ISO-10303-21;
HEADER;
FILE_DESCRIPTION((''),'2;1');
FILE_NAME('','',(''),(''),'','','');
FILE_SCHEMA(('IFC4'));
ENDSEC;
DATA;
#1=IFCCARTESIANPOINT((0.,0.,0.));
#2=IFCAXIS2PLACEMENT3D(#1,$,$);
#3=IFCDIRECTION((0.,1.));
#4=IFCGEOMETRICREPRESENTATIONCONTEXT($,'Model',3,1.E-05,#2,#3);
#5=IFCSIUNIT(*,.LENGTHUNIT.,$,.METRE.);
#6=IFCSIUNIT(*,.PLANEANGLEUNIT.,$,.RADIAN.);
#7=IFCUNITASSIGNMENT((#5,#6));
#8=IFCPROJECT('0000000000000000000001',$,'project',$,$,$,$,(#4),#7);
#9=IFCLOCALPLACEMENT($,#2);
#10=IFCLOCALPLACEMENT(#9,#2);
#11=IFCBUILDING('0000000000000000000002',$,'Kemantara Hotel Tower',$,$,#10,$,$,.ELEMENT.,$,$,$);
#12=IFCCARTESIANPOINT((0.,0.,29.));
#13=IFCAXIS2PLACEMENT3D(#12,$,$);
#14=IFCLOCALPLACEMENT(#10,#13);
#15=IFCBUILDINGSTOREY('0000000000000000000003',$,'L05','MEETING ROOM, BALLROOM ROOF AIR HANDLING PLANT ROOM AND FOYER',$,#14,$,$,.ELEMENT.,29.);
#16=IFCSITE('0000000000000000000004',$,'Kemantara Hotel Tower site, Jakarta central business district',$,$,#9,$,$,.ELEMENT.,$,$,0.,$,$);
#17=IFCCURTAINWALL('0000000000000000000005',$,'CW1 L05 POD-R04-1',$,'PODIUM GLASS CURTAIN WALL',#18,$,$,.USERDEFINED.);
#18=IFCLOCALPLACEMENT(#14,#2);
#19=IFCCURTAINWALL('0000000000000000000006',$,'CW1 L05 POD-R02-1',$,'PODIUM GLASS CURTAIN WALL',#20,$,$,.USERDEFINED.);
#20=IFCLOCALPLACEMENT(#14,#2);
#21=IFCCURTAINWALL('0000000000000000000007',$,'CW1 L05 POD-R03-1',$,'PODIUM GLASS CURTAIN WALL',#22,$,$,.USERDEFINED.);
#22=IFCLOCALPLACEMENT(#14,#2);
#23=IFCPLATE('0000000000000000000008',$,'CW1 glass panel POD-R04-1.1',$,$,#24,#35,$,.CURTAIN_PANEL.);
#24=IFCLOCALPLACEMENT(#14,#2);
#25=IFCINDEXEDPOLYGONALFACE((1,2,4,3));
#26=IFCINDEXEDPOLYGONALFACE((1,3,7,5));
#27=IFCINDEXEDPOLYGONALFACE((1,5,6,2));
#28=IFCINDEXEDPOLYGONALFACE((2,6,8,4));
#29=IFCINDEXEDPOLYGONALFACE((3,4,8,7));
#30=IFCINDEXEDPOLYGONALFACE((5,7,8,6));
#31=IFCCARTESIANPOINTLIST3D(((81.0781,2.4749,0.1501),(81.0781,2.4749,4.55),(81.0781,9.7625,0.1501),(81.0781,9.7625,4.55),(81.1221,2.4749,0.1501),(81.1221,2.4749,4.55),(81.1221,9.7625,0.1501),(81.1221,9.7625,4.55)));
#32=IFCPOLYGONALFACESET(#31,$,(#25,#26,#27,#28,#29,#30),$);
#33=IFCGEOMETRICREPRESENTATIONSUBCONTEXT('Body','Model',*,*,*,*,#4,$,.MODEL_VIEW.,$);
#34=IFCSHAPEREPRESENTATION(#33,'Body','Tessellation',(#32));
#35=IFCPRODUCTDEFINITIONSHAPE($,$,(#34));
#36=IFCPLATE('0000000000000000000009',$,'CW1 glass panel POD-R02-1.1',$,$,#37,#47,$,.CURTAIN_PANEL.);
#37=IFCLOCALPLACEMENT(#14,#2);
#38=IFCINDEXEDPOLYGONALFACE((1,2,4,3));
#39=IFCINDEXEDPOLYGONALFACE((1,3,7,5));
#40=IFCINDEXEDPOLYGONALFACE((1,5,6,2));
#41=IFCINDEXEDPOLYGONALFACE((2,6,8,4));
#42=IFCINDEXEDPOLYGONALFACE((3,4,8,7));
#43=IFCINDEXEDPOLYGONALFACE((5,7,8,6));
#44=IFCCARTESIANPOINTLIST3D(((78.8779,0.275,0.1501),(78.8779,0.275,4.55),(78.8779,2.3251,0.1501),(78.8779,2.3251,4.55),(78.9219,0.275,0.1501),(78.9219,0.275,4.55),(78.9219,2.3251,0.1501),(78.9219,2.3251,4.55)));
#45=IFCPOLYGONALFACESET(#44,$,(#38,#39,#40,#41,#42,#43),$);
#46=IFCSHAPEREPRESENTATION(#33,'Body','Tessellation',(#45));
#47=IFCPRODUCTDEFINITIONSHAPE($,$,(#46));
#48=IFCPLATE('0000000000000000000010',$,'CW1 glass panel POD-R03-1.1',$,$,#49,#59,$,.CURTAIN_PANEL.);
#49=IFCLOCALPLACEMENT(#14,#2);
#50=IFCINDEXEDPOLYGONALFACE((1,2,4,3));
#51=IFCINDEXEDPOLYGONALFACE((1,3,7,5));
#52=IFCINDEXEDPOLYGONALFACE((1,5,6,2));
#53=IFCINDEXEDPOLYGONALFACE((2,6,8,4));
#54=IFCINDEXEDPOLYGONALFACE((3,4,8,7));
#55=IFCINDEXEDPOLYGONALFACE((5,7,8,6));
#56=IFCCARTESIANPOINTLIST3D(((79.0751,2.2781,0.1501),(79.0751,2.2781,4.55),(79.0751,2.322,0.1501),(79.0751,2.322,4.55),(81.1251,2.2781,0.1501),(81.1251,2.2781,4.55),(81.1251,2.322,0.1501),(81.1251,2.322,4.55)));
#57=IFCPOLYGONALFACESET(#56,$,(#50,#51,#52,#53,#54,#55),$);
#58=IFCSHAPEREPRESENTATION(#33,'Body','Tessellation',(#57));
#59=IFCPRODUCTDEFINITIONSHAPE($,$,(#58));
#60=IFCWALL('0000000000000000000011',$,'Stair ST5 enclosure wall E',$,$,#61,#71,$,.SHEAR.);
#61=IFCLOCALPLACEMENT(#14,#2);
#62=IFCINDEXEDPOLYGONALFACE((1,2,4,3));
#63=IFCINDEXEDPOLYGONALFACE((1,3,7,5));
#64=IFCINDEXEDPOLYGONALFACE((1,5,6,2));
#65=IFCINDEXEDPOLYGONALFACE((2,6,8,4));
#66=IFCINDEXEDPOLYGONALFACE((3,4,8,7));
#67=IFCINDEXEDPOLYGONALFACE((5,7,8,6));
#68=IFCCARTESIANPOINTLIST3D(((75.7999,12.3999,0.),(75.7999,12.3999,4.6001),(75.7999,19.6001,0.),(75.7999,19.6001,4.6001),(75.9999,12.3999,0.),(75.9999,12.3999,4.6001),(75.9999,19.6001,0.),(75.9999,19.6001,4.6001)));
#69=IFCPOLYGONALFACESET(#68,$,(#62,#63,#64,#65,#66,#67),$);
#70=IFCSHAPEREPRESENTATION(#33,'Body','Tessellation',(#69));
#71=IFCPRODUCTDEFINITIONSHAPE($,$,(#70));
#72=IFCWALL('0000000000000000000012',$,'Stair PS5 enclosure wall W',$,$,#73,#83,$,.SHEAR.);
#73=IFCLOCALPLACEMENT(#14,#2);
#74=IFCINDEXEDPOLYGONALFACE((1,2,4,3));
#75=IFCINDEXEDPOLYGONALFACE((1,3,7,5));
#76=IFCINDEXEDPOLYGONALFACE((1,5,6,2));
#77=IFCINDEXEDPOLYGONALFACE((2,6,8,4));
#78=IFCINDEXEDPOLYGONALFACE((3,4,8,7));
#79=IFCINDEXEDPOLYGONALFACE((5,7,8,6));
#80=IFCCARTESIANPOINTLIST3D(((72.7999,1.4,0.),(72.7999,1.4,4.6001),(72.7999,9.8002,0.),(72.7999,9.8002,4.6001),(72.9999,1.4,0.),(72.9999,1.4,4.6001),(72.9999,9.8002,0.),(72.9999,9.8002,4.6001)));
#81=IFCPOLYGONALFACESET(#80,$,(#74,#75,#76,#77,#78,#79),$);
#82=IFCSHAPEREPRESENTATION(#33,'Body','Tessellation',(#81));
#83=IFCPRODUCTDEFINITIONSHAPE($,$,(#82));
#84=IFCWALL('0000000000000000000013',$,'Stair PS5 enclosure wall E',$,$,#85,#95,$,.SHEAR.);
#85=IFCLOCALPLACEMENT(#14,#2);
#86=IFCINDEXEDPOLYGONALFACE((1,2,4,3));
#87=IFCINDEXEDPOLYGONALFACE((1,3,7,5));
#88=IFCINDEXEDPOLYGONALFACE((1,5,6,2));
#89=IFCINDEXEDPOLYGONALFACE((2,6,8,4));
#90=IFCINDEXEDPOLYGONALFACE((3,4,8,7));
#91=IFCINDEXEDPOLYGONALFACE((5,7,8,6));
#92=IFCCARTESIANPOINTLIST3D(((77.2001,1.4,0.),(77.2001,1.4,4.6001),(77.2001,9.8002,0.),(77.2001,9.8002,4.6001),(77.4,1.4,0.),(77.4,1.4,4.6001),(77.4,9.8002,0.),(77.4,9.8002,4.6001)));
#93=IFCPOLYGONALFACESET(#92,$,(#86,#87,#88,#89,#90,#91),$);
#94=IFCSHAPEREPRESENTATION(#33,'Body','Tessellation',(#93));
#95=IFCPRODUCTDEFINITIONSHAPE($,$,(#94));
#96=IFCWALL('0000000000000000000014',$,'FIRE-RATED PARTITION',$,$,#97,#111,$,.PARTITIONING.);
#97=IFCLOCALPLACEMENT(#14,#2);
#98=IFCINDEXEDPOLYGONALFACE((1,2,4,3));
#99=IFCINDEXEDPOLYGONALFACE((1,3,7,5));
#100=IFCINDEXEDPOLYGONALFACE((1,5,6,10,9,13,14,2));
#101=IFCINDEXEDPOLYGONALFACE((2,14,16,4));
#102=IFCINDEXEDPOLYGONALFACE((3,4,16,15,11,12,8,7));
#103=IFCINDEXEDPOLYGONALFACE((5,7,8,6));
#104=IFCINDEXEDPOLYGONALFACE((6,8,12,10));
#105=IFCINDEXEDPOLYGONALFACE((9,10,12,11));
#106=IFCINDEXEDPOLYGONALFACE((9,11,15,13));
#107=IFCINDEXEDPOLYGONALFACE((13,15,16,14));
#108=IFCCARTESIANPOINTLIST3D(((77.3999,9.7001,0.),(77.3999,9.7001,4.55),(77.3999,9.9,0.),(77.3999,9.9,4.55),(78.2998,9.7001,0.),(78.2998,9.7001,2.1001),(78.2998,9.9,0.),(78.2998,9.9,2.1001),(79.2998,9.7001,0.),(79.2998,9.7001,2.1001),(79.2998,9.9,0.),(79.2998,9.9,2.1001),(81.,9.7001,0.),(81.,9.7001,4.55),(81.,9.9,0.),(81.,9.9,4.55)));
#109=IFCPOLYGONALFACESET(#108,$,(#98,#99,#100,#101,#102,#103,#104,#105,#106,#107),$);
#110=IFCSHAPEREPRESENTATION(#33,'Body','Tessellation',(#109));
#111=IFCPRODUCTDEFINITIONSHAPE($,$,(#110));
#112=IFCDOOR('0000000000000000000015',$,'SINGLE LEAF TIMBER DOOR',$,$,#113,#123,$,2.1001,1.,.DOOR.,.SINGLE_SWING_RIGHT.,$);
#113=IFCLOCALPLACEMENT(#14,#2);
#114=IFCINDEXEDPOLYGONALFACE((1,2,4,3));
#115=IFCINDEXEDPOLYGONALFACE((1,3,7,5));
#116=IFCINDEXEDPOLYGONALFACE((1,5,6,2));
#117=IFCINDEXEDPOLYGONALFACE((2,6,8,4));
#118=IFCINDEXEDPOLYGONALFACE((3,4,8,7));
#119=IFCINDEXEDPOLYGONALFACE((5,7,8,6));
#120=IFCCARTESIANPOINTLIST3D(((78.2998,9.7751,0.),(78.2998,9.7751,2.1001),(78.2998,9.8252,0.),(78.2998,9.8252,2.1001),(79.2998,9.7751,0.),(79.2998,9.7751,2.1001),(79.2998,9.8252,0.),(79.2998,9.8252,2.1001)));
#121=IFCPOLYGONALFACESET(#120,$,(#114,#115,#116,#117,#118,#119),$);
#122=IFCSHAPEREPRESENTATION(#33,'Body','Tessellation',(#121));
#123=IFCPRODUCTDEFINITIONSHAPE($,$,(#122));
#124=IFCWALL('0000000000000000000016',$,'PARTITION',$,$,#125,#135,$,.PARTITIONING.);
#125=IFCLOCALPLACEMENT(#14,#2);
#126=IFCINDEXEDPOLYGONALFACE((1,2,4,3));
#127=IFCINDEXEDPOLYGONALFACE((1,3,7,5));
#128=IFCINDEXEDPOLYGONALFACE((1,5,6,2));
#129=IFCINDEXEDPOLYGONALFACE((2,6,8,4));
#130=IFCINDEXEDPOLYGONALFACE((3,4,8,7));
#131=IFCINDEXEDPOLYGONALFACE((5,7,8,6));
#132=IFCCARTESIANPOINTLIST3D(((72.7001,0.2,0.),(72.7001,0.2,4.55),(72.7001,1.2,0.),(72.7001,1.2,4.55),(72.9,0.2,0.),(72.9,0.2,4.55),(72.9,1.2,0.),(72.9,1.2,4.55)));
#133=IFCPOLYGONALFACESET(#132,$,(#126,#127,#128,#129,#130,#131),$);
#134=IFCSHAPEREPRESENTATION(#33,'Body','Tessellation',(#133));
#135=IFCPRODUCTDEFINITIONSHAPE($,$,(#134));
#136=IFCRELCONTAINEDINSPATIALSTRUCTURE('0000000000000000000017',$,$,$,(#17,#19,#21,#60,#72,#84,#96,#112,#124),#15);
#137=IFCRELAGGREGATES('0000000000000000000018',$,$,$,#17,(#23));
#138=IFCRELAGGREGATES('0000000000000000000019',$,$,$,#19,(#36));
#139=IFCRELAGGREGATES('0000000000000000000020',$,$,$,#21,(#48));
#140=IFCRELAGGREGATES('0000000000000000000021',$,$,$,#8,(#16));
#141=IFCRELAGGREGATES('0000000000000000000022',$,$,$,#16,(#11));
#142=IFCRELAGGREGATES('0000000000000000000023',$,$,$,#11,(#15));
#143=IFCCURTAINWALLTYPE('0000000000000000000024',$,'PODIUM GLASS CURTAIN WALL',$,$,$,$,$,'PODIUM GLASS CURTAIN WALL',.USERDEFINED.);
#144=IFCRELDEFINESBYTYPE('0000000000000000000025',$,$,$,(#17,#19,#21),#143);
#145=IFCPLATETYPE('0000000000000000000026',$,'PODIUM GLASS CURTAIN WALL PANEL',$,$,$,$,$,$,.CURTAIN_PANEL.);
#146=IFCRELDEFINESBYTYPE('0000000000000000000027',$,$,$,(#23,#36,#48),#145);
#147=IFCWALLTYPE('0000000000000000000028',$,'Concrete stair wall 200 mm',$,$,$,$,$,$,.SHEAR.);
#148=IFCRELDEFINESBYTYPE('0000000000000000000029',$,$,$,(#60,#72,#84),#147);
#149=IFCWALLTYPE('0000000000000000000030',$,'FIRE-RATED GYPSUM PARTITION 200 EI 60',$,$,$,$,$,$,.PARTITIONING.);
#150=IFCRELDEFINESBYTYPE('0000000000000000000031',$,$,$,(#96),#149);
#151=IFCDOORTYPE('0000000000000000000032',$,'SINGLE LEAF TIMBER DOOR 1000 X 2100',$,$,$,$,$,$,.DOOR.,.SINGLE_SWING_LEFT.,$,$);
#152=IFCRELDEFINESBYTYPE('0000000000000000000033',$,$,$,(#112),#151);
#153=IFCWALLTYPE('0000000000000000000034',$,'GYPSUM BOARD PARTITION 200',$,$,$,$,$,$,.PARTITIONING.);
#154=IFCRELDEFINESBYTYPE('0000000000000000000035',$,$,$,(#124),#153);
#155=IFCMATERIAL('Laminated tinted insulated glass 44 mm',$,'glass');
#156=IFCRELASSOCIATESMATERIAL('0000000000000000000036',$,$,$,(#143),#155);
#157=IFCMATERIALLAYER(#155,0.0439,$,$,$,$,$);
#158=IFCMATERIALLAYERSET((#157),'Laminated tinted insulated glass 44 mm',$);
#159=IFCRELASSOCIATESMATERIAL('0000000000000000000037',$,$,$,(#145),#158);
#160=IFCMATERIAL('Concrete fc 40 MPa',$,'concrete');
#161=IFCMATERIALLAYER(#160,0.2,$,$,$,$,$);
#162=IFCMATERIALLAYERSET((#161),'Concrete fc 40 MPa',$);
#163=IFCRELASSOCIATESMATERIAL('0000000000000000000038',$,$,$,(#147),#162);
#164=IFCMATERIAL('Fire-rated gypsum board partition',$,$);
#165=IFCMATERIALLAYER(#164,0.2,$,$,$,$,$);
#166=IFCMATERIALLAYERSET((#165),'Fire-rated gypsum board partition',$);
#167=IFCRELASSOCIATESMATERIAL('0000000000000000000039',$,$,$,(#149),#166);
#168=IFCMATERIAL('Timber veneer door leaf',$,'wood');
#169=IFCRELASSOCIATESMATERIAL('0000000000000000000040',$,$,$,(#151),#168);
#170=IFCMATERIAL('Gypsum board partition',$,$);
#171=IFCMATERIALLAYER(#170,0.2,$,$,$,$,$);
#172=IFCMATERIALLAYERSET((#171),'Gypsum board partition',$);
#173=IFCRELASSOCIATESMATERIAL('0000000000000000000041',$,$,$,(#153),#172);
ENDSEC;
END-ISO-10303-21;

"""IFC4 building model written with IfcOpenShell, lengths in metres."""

from ifc_helpers import new_model, si_unit, direction, frame, frame_2d, origin, origin_2d, place, context, subcontext, project, spatial, rectangle, extrude, source, transform, mapped, material, layer, layer_set, type_object, element, fill, aggregate, save


model = new_model("IFC4")

# Units and contexts
model_context = context("Model", 3, precision=1e-05, world=origin(), true_north=direction((0.0, 1.0)))
body_context = subcontext(model_context, "Body", "Model", "MODEL_VIEW")
ifc_project = project(units=[si_unit("LENGTHUNIT", "METRE"), si_unit("PLANEANGLEUNIT", "RADIAN")], contexts=[model_context])

# Site, building, storey
site_placement = place(None, origin())
site = spatial("IfcSite", under=ifc_project, at=site_placement, Name="Kemantara Hotel Tower site, Jakarta central business district", CompositionType="ELEMENT", RefElevation=0.0)
building_placement = place(site_placement, origin())
building = spatial("IfcBuilding", under=site, at=building_placement, Name="Kemantara Hotel Tower", CompositionType="ELEMENT")
storey_placement = place(building_placement, frame((0.0, 0.0, 29.0)))
storey = spatial("IfcBuildingStorey", under=building, at=storey_placement, Name="L05", Description="MEETING ROOM, BALLROOM ROOF AIR HANDLING PLANT ROOM AND FOYER", CompositionType="ELEMENT", Elevation=29.0)

# Curtain walls
ifc_material_1 = material(Name="Laminated tinted insulated glass 44 mm", Category="glass")
curtain_wall_type = type_object("IfcCurtainWallType", Name="PODIUM GLASS CURTAIN WALL", ElementType="PODIUM GLASS CURTAIN WALL", PredefinedType="USERDEFINED", material=ifc_material_1)
curtain_wall_1_placement = place(storey_placement, origin())
curtain_wall_1 = element("IfcCurtainWall", 1, at=curtain_wall_1_placement, inside=storey, type_object=curtain_wall_type, Name="CW1 L05 POD-R04-1", ObjectType="PODIUM GLASS CURTAIN WALL", PredefinedType="USERDEFINED")
curtain_wall_2_placement = place(storey_placement, origin())
curtain_wall_2 = element("IfcCurtainWall", 2, at=curtain_wall_2_placement, inside=storey, type_object=curtain_wall_type, Name="CW1 L05 POD-R02-1", ObjectType="PODIUM GLASS CURTAIN WALL", PredefinedType="USERDEFINED")
curtain_wall_3_placement = place(storey_placement, origin())
curtain_wall_3 = element("IfcCurtainWall", 3, at=curtain_wall_3_placement, inside=storey, type_object=curtain_wall_type, Name="CW1 L05 POD-R03-1", ObjectType="PODIUM GLASS CURTAIN WALL", PredefinedType="USERDEFINED")

# Plates
ifc_layer_1 = layer(ifc_material_1, 0.0439)
ifc_layer_set_1 = layer_set([ifc_layer_1], Name="Laminated tinted insulated glass 44 mm")
plate_type = type_object("IfcPlateType", Name="PODIUM GLASS CURTAIN WALL PANEL", PredefinedType="CURTAIN_PANEL", material=ifc_layer_set_1)
shared_shape_1 = source(origin(), body_context, "Body", "SweptSolid", [
    extrude(rectangle(XDim=7.2876, YDim=0.0439, at=origin_2d()), origin(), (0.0, 0.0, 1.0), 4.3999),
])
plate_1_placement = place(storey_placement, frame((81.1001, 6.1187, 0.1501), z_axis=(0.0, 0.0, 1.0), x_axis=(0.0, 1.0, 0.0)))
plate_1 = element("IfcPlate", 4, at=plate_1_placement, type_object=plate_type, Name="CW1 glass panel POD-R04-1.1", PredefinedType="CURTAIN_PANEL", context=body_context, shape_type="MappedRepresentation", body=[
    mapped(shared_shape_1, transform((0.0, 0.0, 0.0))),
])
aggregate(curtain_wall_1, [plate_1])
shared_shape_2 = source(origin(), body_context, "Body", "SweptSolid", [
    extrude(rectangle(XDim=2.05, YDim=0.0439, at=origin_2d()), origin(), (0.0, 0.0, 1.0), 4.3999),
])
plate_2_placement = place(storey_placement, frame((78.8999, 1.3, 0.1501), z_axis=(0.0, 0.0, 1.0), x_axis=(0.0, 1.0, 0.0)))
plate_2 = element("IfcPlate", 5, at=plate_2_placement, type_object=plate_type, Name="CW1 glass panel POD-R02-1.1", PredefinedType="CURTAIN_PANEL", context=body_context, shape_type="MappedRepresentation", body=[
    mapped(shared_shape_2, transform((0.0, 0.0, 0.0))),
])
aggregate(curtain_wall_2, [plate_2])
plate_3_placement = place(storey_placement, frame((80.1001, 2.3, 0.1501), z_axis=(0.0, 0.0, 1.0), x_axis=(1.0, 0.0, 0.0)))
plate_3 = element("IfcPlate", 6, at=plate_3_placement, type_object=plate_type, Name="CW1 glass panel POD-R03-1.1", PredefinedType="CURTAIN_PANEL", context=body_context, shape_type="MappedRepresentation", body=[
    mapped(shared_shape_2, transform((0.0, 0.0, 0.0))),
])
aggregate(curtain_wall_3, [plate_3])

# Walls
ifc_material_2 = material(Name="Concrete fc 40 MPa", Category="concrete")
ifc_layer_2 = layer(ifc_material_2, 0.2)
ifc_layer_set_2 = layer_set([ifc_layer_2], Name="Concrete fc 40 MPa")
wall_type_1 = type_object("IfcWallType", Name="Concrete stair wall 200 mm", PredefinedType="SHEAR", material=ifc_layer_set_2)
wall_1_placement = place(storey_placement, frame((75.8999, 12.3999, 0.0), z_axis=(0.0, 0.0, 1.0), x_axis=(0.0, 1.0, 0.0)))
element("IfcWall", 7, at=wall_1_placement, inside=storey, type_object=wall_type_1, Name="Stair ST5 enclosure wall E", PredefinedType="SHEAR", context=body_context, shape_type="SweptSolid", body=[
    extrude(rectangle(XDim=7.2002, YDim=0.2, at=frame_2d((3.6001, 0.0))), origin(), (0.0, 0.0, 1.0), 4.6001),
])
for number, where, z_axis, x_axis, name in (
    (8, (72.8999, 1.3999, 0.0), (0.0, 0.0, 1.0), (0.0, 1.0, 0.0), "Stair PS5 enclosure wall W"),
    (9, (77.3, 1.3999, 0.0), (0.0, 0.0, 1.0), (0.0, 1.0, 0.0), "Stair PS5 enclosure wall E"),
):
    element("IfcWall", number, at=place(storey_placement, frame(where, z_axis=z_axis, x_axis=x_axis)), inside=storey, type_object=wall_type_1, Name=name, PredefinedType="SHEAR", context=body_context, shape_type="SweptSolid", body=[
        extrude(rectangle(XDim=8.4001, YDim=0.2, at=frame_2d((4.2002, 0.0))), origin(), (0.0, 0.0, 1.0), 4.6001),
    ])

# Wall, opening, door
ifc_material_3 = material(Name="Fire-rated gypsum board partition")
ifc_layer_3 = layer(ifc_material_3, 0.2)
ifc_layer_set_3 = layer_set([ifc_layer_3], Name="Fire-rated gypsum board partition")
wall_type_2 = type_object("IfcWallType", Name="FIRE-RATED GYPSUM PARTITION 200 EI 60", PredefinedType="PARTITIONING", material=ifc_layer_set_3)
wall_2_placement = place(storey_placement, frame((77.3999, 9.8, 0.0), z_axis=(0.0, 0.0, 1.0), x_axis=(1.0, 0.0, 0.0)))
wall_2 = element("IfcWall", 10, at=wall_2_placement, inside=storey, type_object=wall_type_2, Name="FIRE-RATED PARTITION", PredefinedType="PARTITIONING", context=body_context, shape_type="SweptSolid", body=[
    extrude(rectangle(XDim=3.6001, YDim=0.2, at=frame_2d((1.8, 0.0))), origin(), (0.0, 0.0, 1.0), 4.55),
])
opening_1_placement = place(wall_2_placement, frame((0.8999, 0.0, 0.0)))
opening_1 = element("IfcOpeningElement", 11, at=opening_1_placement, cuts=wall_2, PredefinedType="OPENING", context=body_context, shape_type="SweptSolid", body=[
    extrude(rectangle(XDim=1.0, YDim=2.1001, at=frame_2d((0.5, 1.05))), frame((0.0, 0.1099, 0.0), z_axis=(0.0, -1.0, 0.0), x_axis=(1.0, 0.0, 0.0)), (0.0, 0.0, 1.0), 0.22),
])
ifc_material_4 = material(Name="Timber veneer door leaf", Category="wood")
door_type_1 = type_object("IfcDoorType", Name="SINGLE LEAF TIMBER DOOR 1000 X 2100", OperationType="SINGLE_SWING_LEFT", PredefinedType="DOOR", material=ifc_material_4)
door_1_placement = place(opening_1_placement, frame((1.0, 0.0, 0.0), z_axis=(0.0, 0.0, 1.0), x_axis=(-1.0, 0.0, 0.0)))
door_1 = element("IfcDoor", 12, at=door_1_placement, inside=storey, type_object=door_type_1, Name="SINGLE LEAF TIMBER DOOR", OperationType="SINGLE_SWING_RIGHT", OverallHeight=2.1001, OverallWidth=1.0, PredefinedType="DOOR", context=body_context, shape_type="SweptSolid", body=[
    extrude(rectangle(XDim=1.0, YDim=2.1001, at=frame_2d((0.5, 1.05))), frame((0.0, 0.0249, 0.0), z_axis=(0.0, -1.0, 0.0), x_axis=(1.0, 0.0, 0.0)), (0.0, 0.0, 1.0), 0.05),
])
fill(opening_1, door_1)

# Wall
ifc_material_5 = material(Name="Gypsum board partition")
ifc_layer_4 = layer(ifc_material_5, 0.2)
ifc_layer_set_4 = layer_set([ifc_layer_4], Name="Gypsum board partition")
wall_type_3 = type_object("IfcWallType", Name="GYPSUM BOARD PARTITION 200", PredefinedType="PARTITIONING", material=ifc_layer_set_4)
wall_3_placement = place(storey_placement, frame((72.8, 0.2, 0.0), z_axis=(0.0, 0.0, 1.0), x_axis=(0.0, 1.0, 0.0)))
element("IfcWall", 13, at=wall_3_placement, inside=storey, type_object=wall_type_3, Name="PARTITION", PredefinedType="PARTITIONING", context=body_context, shape_type="SweptSolid", body=[
    extrude(rectangle(XDim=1.0, YDim=0.2, at=frame_2d((0.5, 0.0))), origin(), (0.0, 0.0, 1.0), 4.55),
])

save(model, "model.ifc")
